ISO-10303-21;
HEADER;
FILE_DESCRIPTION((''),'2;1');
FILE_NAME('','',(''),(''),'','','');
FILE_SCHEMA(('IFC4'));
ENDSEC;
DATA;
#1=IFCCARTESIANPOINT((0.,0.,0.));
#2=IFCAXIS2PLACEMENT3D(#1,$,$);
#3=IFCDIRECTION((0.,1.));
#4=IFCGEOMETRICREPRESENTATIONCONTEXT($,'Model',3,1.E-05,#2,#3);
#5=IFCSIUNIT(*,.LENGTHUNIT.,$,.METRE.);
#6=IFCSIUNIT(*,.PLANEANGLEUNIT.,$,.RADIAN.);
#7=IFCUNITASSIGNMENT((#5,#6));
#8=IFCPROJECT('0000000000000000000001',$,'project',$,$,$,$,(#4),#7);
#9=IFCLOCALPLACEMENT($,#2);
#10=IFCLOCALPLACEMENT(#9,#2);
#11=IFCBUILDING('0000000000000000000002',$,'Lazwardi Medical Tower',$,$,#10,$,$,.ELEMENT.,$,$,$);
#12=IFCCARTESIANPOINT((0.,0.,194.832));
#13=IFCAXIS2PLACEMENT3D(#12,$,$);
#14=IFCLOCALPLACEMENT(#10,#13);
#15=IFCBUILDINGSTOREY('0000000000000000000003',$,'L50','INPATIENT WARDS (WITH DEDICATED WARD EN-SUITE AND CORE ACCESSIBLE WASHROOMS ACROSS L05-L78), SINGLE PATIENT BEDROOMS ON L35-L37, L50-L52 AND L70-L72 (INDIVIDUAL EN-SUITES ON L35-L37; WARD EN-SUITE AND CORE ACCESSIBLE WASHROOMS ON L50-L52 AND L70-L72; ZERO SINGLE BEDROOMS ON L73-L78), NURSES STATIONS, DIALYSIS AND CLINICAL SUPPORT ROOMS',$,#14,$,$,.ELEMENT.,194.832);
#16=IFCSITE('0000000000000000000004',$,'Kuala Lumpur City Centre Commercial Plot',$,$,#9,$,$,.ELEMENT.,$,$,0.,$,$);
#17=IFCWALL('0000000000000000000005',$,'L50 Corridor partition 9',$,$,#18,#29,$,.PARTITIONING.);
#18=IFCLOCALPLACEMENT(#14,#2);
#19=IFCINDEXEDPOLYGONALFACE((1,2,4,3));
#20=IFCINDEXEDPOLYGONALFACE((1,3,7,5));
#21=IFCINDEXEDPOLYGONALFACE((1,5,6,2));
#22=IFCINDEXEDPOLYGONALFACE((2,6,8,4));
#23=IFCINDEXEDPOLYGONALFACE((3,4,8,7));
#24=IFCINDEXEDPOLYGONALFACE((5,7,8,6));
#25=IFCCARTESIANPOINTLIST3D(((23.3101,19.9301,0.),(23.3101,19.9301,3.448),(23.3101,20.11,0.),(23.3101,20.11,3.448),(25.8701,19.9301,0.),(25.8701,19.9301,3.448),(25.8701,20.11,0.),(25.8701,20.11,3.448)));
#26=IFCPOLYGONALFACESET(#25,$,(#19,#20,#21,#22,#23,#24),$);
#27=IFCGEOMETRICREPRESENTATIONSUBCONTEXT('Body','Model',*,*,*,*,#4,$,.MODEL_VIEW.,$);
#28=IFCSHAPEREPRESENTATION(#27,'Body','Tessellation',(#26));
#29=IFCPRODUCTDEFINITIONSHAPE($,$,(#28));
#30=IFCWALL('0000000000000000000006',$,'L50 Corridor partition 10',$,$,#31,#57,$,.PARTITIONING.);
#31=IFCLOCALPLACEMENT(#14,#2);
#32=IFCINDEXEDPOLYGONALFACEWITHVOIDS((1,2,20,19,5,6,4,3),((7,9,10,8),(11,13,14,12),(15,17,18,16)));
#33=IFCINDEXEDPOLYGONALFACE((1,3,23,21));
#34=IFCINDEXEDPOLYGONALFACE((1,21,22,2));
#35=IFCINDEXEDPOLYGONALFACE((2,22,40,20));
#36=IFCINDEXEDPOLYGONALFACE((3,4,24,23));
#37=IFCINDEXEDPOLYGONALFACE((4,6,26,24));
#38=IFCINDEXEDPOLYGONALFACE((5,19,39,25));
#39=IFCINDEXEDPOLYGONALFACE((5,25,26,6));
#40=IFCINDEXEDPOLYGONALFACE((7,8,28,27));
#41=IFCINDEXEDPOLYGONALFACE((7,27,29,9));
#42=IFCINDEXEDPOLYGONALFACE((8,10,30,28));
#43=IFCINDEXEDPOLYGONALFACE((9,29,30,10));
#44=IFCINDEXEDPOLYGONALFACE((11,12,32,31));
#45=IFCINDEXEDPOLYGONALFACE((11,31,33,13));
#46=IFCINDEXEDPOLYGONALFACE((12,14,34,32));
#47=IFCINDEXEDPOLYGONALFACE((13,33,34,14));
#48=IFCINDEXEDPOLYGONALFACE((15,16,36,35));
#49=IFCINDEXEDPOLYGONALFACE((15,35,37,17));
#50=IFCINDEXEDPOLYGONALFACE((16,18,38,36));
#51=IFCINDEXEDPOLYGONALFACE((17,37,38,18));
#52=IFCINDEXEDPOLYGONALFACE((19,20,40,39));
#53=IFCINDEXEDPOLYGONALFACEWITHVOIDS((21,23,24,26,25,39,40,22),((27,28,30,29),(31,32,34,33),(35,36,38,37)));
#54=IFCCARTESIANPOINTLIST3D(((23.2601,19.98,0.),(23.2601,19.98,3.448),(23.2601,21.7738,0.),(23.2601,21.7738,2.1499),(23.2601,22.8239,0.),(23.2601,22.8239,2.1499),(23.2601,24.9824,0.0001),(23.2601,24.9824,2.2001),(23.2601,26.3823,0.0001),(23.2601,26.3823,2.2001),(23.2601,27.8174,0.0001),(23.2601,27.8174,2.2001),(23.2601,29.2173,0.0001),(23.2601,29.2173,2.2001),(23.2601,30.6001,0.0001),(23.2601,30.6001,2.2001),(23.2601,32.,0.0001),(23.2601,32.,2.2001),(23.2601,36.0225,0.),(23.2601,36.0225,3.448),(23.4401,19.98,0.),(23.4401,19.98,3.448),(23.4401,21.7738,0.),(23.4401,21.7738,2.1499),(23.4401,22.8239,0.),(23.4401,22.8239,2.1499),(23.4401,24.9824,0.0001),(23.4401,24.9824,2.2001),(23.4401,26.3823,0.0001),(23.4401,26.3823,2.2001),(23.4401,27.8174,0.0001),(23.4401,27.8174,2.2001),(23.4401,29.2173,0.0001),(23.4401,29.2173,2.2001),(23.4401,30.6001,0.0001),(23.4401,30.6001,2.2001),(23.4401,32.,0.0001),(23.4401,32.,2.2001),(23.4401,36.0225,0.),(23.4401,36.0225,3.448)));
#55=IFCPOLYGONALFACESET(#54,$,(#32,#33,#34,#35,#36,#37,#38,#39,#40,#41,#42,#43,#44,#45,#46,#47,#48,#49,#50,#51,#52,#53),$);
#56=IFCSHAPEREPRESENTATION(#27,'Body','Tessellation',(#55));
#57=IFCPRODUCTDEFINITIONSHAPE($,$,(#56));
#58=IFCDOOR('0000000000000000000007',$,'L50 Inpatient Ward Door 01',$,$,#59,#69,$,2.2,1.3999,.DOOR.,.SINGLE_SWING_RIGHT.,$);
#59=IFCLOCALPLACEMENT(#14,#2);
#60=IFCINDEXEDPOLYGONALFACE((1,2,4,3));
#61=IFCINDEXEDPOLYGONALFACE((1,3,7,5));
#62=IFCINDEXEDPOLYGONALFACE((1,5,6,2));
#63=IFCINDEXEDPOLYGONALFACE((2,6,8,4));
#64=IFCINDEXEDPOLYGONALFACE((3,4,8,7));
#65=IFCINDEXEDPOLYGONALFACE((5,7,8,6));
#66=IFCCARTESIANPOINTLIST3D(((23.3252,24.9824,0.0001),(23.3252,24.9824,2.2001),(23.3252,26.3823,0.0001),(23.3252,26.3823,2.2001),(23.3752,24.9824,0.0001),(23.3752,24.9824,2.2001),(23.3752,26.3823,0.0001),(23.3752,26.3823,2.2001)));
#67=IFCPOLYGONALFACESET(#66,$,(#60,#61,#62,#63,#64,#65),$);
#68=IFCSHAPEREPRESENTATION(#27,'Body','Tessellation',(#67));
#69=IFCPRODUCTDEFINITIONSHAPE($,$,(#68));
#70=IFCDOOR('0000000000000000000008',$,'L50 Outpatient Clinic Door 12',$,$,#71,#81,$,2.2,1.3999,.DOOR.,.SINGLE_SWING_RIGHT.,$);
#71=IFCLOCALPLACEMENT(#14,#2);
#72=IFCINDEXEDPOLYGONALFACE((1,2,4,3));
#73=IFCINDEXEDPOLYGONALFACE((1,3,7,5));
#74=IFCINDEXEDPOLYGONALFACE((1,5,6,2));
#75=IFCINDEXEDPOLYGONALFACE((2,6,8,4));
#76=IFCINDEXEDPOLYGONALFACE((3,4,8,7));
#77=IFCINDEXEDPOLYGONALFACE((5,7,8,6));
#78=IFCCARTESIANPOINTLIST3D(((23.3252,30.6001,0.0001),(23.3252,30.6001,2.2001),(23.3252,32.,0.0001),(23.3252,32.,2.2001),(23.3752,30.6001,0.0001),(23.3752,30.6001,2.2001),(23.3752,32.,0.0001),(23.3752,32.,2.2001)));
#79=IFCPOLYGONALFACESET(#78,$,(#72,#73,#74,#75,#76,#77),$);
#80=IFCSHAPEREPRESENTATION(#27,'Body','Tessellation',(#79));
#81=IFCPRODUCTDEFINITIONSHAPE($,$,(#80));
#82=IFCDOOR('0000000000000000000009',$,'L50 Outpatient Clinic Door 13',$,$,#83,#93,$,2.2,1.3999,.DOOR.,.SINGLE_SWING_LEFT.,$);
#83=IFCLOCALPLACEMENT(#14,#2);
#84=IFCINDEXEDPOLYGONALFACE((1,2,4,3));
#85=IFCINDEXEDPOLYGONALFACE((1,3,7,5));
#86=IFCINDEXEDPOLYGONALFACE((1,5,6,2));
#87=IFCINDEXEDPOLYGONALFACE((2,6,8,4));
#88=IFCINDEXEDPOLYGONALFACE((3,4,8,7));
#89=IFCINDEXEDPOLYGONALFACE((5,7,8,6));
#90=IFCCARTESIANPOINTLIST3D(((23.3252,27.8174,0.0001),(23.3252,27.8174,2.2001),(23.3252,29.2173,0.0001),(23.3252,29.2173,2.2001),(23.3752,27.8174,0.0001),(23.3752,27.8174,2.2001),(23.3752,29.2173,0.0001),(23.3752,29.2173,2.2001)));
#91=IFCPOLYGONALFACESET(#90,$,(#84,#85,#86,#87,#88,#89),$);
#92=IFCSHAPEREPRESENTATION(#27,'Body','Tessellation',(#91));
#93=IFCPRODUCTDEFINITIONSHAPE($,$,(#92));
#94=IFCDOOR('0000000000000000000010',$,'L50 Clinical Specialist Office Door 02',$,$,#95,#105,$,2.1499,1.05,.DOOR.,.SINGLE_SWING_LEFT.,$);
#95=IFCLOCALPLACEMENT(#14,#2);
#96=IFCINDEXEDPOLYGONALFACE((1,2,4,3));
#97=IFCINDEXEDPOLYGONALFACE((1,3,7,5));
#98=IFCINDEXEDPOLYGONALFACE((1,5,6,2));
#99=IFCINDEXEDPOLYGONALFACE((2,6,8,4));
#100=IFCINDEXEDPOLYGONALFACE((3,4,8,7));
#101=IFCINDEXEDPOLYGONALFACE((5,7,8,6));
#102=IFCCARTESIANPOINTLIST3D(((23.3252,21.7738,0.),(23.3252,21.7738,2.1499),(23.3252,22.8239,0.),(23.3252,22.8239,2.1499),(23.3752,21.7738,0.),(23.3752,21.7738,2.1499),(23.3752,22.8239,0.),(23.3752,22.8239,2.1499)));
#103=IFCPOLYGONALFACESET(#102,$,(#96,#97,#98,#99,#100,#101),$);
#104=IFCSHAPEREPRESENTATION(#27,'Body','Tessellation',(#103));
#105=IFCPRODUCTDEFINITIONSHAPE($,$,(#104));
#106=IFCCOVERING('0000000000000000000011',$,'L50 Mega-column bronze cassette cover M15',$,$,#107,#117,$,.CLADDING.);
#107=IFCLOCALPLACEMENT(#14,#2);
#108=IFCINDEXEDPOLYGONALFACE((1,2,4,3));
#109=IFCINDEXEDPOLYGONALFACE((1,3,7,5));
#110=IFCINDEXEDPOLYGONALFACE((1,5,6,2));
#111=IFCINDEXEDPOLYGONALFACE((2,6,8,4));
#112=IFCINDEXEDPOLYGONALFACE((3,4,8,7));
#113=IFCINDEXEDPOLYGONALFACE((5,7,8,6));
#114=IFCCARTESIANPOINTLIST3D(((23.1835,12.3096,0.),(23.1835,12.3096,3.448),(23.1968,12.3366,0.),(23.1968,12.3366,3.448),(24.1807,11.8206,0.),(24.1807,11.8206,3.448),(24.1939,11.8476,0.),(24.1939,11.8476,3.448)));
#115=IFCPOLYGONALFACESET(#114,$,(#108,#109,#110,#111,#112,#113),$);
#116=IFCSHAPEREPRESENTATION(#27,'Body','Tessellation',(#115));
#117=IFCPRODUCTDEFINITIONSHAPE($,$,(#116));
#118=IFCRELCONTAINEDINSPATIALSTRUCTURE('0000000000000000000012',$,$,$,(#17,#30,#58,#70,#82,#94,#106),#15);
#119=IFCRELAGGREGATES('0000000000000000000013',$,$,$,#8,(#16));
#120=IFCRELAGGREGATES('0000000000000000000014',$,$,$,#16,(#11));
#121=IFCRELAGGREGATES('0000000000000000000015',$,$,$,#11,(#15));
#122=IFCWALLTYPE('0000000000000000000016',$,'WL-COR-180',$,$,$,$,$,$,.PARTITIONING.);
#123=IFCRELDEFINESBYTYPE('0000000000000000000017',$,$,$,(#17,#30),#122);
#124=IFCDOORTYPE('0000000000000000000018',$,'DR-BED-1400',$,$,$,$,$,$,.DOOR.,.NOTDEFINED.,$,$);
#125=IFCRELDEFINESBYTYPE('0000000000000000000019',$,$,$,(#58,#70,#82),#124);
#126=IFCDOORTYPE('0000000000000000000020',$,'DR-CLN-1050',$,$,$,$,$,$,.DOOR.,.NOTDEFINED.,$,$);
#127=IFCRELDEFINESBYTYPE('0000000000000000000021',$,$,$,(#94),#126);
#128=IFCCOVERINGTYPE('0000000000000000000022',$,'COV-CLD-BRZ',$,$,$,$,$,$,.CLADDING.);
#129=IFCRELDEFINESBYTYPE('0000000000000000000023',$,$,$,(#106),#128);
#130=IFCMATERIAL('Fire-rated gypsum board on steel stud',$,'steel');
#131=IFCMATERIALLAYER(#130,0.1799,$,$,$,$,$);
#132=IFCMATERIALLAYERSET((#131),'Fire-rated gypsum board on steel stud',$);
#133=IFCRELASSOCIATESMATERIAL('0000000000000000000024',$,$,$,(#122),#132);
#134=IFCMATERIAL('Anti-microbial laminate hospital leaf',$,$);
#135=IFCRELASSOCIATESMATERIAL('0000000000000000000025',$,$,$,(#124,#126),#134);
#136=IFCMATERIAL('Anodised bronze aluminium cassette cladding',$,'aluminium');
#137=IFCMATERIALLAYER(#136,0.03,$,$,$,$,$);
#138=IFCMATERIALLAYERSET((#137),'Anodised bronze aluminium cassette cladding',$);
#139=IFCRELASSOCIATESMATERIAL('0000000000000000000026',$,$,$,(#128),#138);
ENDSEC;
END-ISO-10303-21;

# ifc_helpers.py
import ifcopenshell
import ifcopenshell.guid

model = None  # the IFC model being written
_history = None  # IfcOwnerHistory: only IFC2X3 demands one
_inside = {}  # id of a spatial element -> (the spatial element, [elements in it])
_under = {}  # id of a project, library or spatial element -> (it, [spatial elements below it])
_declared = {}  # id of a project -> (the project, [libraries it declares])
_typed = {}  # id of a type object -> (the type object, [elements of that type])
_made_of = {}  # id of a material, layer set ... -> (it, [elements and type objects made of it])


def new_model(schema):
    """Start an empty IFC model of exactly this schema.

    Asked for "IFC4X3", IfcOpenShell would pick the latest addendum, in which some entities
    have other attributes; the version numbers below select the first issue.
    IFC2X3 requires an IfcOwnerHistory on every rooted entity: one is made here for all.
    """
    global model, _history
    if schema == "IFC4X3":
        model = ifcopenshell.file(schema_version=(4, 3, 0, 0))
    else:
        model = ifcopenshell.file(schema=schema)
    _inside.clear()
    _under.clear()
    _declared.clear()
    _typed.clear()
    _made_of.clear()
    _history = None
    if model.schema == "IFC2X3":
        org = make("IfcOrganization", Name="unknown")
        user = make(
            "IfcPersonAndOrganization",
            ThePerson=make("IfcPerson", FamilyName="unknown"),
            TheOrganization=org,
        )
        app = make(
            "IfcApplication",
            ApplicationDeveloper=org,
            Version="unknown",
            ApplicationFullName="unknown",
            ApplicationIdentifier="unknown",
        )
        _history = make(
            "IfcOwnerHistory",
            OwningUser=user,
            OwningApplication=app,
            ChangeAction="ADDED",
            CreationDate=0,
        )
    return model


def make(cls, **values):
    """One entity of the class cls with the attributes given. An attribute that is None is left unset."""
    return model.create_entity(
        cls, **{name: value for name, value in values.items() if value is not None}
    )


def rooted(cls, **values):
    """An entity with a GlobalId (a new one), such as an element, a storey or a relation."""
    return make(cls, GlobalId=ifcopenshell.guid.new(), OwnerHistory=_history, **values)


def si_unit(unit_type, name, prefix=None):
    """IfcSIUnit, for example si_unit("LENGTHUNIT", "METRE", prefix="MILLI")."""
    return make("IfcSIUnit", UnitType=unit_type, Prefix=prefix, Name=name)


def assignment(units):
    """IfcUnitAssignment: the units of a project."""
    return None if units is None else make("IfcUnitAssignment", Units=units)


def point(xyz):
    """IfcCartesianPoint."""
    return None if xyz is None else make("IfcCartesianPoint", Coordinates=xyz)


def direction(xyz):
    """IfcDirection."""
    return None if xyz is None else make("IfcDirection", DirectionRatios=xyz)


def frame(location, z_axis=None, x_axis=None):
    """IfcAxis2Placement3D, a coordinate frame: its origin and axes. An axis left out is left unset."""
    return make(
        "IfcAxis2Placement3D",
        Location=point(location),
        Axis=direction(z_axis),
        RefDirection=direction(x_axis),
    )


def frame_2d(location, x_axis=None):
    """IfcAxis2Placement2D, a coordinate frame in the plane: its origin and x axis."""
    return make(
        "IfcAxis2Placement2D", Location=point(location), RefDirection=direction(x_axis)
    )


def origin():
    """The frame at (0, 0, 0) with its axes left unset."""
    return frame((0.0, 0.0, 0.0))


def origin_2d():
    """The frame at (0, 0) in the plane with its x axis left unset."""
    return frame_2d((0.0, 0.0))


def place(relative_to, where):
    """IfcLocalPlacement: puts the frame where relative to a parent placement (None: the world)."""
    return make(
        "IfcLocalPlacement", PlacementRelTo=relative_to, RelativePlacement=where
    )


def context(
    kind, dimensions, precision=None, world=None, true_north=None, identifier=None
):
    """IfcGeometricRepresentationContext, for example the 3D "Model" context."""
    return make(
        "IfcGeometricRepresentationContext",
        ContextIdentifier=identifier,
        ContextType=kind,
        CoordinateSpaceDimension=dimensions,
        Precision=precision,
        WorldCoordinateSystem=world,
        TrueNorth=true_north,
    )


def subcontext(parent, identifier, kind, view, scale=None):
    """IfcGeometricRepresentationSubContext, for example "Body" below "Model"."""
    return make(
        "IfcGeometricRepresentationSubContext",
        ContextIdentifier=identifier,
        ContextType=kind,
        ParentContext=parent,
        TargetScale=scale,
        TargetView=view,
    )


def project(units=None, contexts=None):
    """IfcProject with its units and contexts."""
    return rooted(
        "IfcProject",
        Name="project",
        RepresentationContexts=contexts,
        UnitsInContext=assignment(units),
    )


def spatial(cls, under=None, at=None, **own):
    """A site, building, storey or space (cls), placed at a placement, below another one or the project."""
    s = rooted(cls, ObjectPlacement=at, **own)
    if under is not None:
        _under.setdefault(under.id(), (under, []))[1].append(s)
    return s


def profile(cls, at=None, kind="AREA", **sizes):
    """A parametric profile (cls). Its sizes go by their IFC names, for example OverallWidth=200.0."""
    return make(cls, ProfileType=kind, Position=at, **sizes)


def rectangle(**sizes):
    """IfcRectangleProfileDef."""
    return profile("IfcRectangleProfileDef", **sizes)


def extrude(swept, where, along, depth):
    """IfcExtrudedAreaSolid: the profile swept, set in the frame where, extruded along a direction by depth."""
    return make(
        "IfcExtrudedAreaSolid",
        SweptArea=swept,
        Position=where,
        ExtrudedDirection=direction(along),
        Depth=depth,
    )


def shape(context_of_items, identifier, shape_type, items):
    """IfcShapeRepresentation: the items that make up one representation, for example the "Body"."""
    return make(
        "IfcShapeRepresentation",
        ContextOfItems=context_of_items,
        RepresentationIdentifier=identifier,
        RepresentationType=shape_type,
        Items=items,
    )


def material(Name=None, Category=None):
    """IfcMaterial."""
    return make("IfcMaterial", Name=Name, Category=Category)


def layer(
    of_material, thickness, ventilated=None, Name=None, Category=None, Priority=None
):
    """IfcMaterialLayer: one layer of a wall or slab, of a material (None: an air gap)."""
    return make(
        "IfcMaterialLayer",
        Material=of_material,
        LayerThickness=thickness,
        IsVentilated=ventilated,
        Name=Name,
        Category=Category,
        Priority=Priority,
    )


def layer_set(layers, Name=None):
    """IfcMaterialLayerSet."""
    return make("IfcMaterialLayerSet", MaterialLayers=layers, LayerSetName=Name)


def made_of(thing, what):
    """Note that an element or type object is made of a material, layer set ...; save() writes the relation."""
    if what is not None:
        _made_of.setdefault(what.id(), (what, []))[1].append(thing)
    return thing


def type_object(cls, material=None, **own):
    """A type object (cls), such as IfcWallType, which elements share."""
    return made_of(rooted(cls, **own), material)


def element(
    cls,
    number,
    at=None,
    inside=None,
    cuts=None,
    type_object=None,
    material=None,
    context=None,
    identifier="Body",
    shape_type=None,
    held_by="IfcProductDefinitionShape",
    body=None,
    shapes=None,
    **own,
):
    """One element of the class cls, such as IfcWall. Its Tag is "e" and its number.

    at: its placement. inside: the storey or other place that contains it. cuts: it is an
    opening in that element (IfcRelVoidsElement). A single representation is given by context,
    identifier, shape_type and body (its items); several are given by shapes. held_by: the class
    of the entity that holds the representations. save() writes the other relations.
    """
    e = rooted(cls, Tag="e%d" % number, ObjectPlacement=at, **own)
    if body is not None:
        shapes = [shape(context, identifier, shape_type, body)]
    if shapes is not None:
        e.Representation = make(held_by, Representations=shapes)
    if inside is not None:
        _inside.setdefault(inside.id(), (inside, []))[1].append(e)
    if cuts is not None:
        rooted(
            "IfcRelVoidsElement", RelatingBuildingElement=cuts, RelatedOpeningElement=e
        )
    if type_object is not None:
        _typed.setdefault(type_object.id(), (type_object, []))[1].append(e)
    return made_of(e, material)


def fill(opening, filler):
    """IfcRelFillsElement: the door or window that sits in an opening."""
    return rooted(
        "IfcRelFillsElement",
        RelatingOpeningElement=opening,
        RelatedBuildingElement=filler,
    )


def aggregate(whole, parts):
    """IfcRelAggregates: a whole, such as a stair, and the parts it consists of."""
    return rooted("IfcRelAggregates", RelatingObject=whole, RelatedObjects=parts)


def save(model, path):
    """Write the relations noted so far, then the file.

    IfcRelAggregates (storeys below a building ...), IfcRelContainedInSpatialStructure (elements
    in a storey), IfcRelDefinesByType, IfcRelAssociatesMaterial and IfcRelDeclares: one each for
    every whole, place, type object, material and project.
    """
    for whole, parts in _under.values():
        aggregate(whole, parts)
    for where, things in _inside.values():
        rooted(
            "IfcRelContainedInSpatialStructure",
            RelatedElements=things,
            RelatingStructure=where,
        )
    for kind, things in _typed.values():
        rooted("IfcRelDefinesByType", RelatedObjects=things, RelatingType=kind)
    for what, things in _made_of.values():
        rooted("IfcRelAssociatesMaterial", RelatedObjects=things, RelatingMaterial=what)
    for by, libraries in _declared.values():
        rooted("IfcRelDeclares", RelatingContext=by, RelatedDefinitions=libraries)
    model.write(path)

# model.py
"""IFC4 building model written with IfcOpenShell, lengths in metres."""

from ifc_helpers import new_model, si_unit, direction, frame, frame_2d, origin, origin_2d, place, context, subcontext, project, spatial, rectangle, extrude, material, layer, layer_set, type_object, element, fill, save


model = new_model("IFC4")

# Units and contexts
model_context = context("Model", 3, precision=1e-05, world=origin(), true_north=direction((0.0, 1.0)))
body_context = subcontext(model_context, "Body", "Model", "MODEL_VIEW")
ifc_project = project(units=[si_unit("LENGTHUNIT", "METRE"), si_unit("PLANEANGLEUNIT", "RADIAN")], contexts=[model_context])

# Site, building, storey
site_placement = place(None, origin())
site = spatial("IfcSite", under=ifc_project, at=site_placement, Name="Kuala Lumpur City Centre Commercial Plot", CompositionType="ELEMENT", RefElevation=0.0)
building_placement = place(site_placement, origin())
building = spatial("IfcBuilding", under=site, at=building_placement, Name="Lazwardi Medical Tower", CompositionType="ELEMENT")
storey_placement = place(building_placement, frame((0.0, 0.0, 194.832)))
storey = spatial("IfcBuildingStorey", under=building, at=storey_placement, Name="L50", Description="INPATIENT WARDS (WITH DEDICATED WARD EN-SUITE AND CORE ACCESSIBLE WASHROOMS ACROSS L05-L78), SINGLE PATIENT BEDROOMS ON L35-L37, L50-L52 AND L70-L72 (INDIVIDUAL EN-SUITES ON L35-L37; WARD EN-SUITE AND CORE ACCESSIBLE WASHROOMS ON L50-L52 AND L70-L72; ZERO SINGLE BEDROOMS ON L73-L78), NURSES STATIONS, DIALYSIS AND CLINICAL SUPPORT ROOMS", CompositionType="ELEMENT", Elevation=194.832)

# Wall
ifc_material_1 = material(Name="Fire-rated gypsum board on steel stud", Category="steel")
ifc_layer_1 = layer(ifc_material_1, 0.1799)
ifc_layer_set_1 = layer_set([ifc_layer_1], Name="Fire-rated gypsum board on steel stud")
wall_type = type_object("IfcWallType", Name="WL-COR-180", PredefinedType="PARTITIONING", material=ifc_layer_set_1)
wall_1_placement = place(storey_placement, frame((25.8701, 20.02, 0.0), z_axis=(0.0, 0.0, 1.0), x_axis=(-1.0, 0.0, 0.0)))
element("IfcWall", 1, at=wall_1_placement, inside=storey, type_object=wall_type, Name="L50 Corridor partition 9", PredefinedType="PARTITIONING", context=body_context, shape_type="SweptSolid", body=[
    extrude(rectangle(XDim=2.5601, YDim=0.1799, at=frame_2d((1.28, 0.0))), origin(), (0.0, 0.0, 1.0), 3.448),
])

# Wall, openings, doors
wall_2_placement = place(storey_placement, frame((23.3501, 19.98, 0.0), z_axis=(0.0, 0.0, 1.0), x_axis=(0.0, 1.0, 0.0)))
wall_2 = element("IfcWall", 2, at=wall_2_placement, inside=storey, type_object=wall_type, Name="L50 Corridor partition 10", PredefinedType="PARTITIONING", context=body_context, shape_type="SweptSolid", body=[
    extrude(rectangle(XDim=16.0425, YDim=0.1799, at=frame_2d((8.0212, 0.0))), origin(), (0.0, 0.0, 1.0), 3.448),
])
opening_1_placement = place(wall_2_placement, frame((5.0024, 0.0, 0.0)))
opening_1 = element("IfcOpeningElement", 3, at=opening_1_placement, cuts=wall_2, PredefinedType="OPENING", context=body_context, shape_type="SweptSolid", body=[
    extrude(rectangle(XDim=1.3999, YDim=2.2, at=frame_2d((0.7, 1.1001))), frame((0.0, 0.0999, 0.0), z_axis=(0.0, -1.0, 0.0), x_axis=(1.0, 0.0, 0.0)), (0.0, 0.0, 1.0), 0.2),
])
opening_2_placement = place(wall_2_placement, frame((1.7939, 0.0, 0.0)))
opening_2 = element("IfcOpeningElement", 4, at=opening_2_placement, cuts=wall_2, PredefinedType="OPENING", context=body_context, shape_type="SweptSolid", body=[
    extrude(rectangle(XDim=1.05, YDim=2.1499, at=frame_2d((0.5249, 1.075))), frame((0.0, 0.0999, 0.0), z_axis=(0.0, -1.0, 0.0), x_axis=(1.0, 0.0, 0.0)), (0.0, 0.0, 1.0), 0.2),
])
opening_3_placement = place(wall_2_placement, frame((10.6201, 0.0, 0.0)))
opening_3 = element("IfcOpeningElement", 5, at=opening_3_placement, cuts=wall_2, PredefinedType="OPENING", context=body_context, shape_type="SweptSolid", body=[
    extrude(rectangle(XDim=1.3999, YDim=2.2, at=frame_2d((0.7, 1.1001))), frame((0.0, 0.0999, 0.0), z_axis=(0.0, -1.0, 0.0), x_axis=(1.0, 0.0, 0.0)), (0.0, 0.0, 1.0), 0.2),
])
opening_4_placement = place(wall_2_placement, frame((7.8374, 0.0, 0.0)))
opening_4 = element("IfcOpeningElement", 6, at=opening_4_placement, cuts=wall_2, PredefinedType="OPENING", context=body_context, shape_type="SweptSolid", body=[
    extrude(rectangle(XDim=1.3999, YDim=2.2, at=frame_2d((0.7, 1.1001))), frame((0.0, 0.0999, 0.0), z_axis=(0.0, -1.0, 0.0), x_axis=(1.0, 0.0, 0.0)), (0.0, 0.0, 1.0), 0.2),
])
ifc_material_2 = material(Name="Anti-microbial laminate hospital leaf")
door_type_1 = type_object("IfcDoorType", Name="DR-BED-1400", OperationType="NOTDEFINED", PredefinedType="DOOR", material=ifc_material_2)
door_1_placement = place(opening_1_placement, origin())
door_1 = element("IfcDoor", 7, at=door_1_placement, inside=storey, type_object=door_type_1, Name="L50 Inpatient Ward Door 01", OperationType="SINGLE_SWING_RIGHT", OverallHeight=2.2, OverallWidth=1.3999, PredefinedType="DOOR", context=body_context, shape_type="SweptSolid", body=[
    extrude(rectangle(XDim=1.3999, YDim=2.2, at=frame_2d((0.7, 1.1001))), frame((0.0, 0.0249, 0.0), z_axis=(0.0, -1.0, 0.0), x_axis=(1.0, 0.0, 0.0)), (0.0, 0.0, 1.0), 0.05),
])
fill(opening_1, door_1)
door_2_placement = place(opening_3_placement, origin())
door_2 = element("IfcDoor", 8, at=door_2_placement, inside=storey, type_object=door_type_1, Name="L50 Outpatient Clinic Door 12", OperationType="SINGLE_SWING_RIGHT", OverallHeight=2.2, OverallWidth=1.3999, PredefinedType="DOOR", context=body_context, shape_type="SweptSolid", body=[
    extrude(rectangle(XDim=1.3999, YDim=2.2, at=frame_2d((0.7, 1.1001))), frame((0.0, 0.0249, 0.0), z_axis=(0.0, -1.0, 0.0), x_axis=(1.0, 0.0, 0.0)), (0.0, 0.0, 1.0), 0.05),
])
fill(opening_3, door_2)
door_3_placement = place(opening_4_placement, origin())
door_3 = element("IfcDoor", 9, at=door_3_placement, inside=storey, type_object=door_type_1, Name="L50 Outpatient Clinic Door 13", OperationType="SINGLE_SWING_LEFT", OverallHeight=2.2, OverallWidth=1.3999, PredefinedType="DOOR", context=body_context, shape_type="SweptSolid", body=[
    extrude(rectangle(XDim=1.3999, YDim=2.2, at=frame_2d((0.7, 1.1001))), frame((0.0, 0.0249, 0.0), z_axis=(0.0, -1.0, 0.0), x_axis=(1.0, 0.0, 0.0)), (0.0, 0.0, 1.0), 0.05),
])
fill(opening_4, door_3)
door_type_2 = type_object("IfcDoorType", Name="DR-CLN-1050", OperationType="NOTDEFINED", PredefinedType="DOOR", material=ifc_material_2)
door_4_placement = place(opening_2_placement, origin())
door_4 = element("IfcDoor", 10, at=door_4_placement, inside=storey, type_object=door_type_2, Name="L50 Clinical Specialist Office Door 02", OperationType="SINGLE_SWING_LEFT", OverallHeight=2.1499, OverallWidth=1.05, PredefinedType="DOOR", context=body_context, shape_type="SweptSolid", body=[
    extrude(rectangle(XDim=1.05, YDim=2.1499, at=frame_2d((0.5249, 1.075))), frame((0.0, 0.0249, 0.0), z_axis=(0.0, -1.0, 0.0), x_axis=(1.0, 0.0, 0.0)), (0.0, 0.0, 1.0), 0.05),
])
fill(opening_2, door_4)

# Covering
ifc_material_3 = material(Name="Anodised bronze aluminium cassette cladding", Category="aluminium")
ifc_layer_2 = layer(ifc_material_3, 0.03)
ifc_layer_set_2 = layer_set([ifc_layer_2], Name="Anodised bronze aluminium cassette cladding")
covering_type = type_object("IfcCoveringType", Name="COV-CLD-BRZ", PredefinedType="CLADDING", material=ifc_layer_set_2)
covering_placement = place(storey_placement, frame((23.6887, 12.0786, 0.0), z_axis=(0.0, 0.0, 1.0), x_axis=(0.89784, -0.440322, 0.0)))
element("IfcCovering", 11, at=covering_placement, inside=storey, type_object=covering_type, Name="L50 Mega-column bronze cassette cover M15", PredefinedType="CLADDING", context=body_context, shape_type="SweptSolid", body=[
    extrude(rectangle(XDim=1.1106, YDim=0.03, at=origin_2d()), origin(), (0.0, 0.0, 1.0), 3.448),
])

save(model, "model.ifc")
